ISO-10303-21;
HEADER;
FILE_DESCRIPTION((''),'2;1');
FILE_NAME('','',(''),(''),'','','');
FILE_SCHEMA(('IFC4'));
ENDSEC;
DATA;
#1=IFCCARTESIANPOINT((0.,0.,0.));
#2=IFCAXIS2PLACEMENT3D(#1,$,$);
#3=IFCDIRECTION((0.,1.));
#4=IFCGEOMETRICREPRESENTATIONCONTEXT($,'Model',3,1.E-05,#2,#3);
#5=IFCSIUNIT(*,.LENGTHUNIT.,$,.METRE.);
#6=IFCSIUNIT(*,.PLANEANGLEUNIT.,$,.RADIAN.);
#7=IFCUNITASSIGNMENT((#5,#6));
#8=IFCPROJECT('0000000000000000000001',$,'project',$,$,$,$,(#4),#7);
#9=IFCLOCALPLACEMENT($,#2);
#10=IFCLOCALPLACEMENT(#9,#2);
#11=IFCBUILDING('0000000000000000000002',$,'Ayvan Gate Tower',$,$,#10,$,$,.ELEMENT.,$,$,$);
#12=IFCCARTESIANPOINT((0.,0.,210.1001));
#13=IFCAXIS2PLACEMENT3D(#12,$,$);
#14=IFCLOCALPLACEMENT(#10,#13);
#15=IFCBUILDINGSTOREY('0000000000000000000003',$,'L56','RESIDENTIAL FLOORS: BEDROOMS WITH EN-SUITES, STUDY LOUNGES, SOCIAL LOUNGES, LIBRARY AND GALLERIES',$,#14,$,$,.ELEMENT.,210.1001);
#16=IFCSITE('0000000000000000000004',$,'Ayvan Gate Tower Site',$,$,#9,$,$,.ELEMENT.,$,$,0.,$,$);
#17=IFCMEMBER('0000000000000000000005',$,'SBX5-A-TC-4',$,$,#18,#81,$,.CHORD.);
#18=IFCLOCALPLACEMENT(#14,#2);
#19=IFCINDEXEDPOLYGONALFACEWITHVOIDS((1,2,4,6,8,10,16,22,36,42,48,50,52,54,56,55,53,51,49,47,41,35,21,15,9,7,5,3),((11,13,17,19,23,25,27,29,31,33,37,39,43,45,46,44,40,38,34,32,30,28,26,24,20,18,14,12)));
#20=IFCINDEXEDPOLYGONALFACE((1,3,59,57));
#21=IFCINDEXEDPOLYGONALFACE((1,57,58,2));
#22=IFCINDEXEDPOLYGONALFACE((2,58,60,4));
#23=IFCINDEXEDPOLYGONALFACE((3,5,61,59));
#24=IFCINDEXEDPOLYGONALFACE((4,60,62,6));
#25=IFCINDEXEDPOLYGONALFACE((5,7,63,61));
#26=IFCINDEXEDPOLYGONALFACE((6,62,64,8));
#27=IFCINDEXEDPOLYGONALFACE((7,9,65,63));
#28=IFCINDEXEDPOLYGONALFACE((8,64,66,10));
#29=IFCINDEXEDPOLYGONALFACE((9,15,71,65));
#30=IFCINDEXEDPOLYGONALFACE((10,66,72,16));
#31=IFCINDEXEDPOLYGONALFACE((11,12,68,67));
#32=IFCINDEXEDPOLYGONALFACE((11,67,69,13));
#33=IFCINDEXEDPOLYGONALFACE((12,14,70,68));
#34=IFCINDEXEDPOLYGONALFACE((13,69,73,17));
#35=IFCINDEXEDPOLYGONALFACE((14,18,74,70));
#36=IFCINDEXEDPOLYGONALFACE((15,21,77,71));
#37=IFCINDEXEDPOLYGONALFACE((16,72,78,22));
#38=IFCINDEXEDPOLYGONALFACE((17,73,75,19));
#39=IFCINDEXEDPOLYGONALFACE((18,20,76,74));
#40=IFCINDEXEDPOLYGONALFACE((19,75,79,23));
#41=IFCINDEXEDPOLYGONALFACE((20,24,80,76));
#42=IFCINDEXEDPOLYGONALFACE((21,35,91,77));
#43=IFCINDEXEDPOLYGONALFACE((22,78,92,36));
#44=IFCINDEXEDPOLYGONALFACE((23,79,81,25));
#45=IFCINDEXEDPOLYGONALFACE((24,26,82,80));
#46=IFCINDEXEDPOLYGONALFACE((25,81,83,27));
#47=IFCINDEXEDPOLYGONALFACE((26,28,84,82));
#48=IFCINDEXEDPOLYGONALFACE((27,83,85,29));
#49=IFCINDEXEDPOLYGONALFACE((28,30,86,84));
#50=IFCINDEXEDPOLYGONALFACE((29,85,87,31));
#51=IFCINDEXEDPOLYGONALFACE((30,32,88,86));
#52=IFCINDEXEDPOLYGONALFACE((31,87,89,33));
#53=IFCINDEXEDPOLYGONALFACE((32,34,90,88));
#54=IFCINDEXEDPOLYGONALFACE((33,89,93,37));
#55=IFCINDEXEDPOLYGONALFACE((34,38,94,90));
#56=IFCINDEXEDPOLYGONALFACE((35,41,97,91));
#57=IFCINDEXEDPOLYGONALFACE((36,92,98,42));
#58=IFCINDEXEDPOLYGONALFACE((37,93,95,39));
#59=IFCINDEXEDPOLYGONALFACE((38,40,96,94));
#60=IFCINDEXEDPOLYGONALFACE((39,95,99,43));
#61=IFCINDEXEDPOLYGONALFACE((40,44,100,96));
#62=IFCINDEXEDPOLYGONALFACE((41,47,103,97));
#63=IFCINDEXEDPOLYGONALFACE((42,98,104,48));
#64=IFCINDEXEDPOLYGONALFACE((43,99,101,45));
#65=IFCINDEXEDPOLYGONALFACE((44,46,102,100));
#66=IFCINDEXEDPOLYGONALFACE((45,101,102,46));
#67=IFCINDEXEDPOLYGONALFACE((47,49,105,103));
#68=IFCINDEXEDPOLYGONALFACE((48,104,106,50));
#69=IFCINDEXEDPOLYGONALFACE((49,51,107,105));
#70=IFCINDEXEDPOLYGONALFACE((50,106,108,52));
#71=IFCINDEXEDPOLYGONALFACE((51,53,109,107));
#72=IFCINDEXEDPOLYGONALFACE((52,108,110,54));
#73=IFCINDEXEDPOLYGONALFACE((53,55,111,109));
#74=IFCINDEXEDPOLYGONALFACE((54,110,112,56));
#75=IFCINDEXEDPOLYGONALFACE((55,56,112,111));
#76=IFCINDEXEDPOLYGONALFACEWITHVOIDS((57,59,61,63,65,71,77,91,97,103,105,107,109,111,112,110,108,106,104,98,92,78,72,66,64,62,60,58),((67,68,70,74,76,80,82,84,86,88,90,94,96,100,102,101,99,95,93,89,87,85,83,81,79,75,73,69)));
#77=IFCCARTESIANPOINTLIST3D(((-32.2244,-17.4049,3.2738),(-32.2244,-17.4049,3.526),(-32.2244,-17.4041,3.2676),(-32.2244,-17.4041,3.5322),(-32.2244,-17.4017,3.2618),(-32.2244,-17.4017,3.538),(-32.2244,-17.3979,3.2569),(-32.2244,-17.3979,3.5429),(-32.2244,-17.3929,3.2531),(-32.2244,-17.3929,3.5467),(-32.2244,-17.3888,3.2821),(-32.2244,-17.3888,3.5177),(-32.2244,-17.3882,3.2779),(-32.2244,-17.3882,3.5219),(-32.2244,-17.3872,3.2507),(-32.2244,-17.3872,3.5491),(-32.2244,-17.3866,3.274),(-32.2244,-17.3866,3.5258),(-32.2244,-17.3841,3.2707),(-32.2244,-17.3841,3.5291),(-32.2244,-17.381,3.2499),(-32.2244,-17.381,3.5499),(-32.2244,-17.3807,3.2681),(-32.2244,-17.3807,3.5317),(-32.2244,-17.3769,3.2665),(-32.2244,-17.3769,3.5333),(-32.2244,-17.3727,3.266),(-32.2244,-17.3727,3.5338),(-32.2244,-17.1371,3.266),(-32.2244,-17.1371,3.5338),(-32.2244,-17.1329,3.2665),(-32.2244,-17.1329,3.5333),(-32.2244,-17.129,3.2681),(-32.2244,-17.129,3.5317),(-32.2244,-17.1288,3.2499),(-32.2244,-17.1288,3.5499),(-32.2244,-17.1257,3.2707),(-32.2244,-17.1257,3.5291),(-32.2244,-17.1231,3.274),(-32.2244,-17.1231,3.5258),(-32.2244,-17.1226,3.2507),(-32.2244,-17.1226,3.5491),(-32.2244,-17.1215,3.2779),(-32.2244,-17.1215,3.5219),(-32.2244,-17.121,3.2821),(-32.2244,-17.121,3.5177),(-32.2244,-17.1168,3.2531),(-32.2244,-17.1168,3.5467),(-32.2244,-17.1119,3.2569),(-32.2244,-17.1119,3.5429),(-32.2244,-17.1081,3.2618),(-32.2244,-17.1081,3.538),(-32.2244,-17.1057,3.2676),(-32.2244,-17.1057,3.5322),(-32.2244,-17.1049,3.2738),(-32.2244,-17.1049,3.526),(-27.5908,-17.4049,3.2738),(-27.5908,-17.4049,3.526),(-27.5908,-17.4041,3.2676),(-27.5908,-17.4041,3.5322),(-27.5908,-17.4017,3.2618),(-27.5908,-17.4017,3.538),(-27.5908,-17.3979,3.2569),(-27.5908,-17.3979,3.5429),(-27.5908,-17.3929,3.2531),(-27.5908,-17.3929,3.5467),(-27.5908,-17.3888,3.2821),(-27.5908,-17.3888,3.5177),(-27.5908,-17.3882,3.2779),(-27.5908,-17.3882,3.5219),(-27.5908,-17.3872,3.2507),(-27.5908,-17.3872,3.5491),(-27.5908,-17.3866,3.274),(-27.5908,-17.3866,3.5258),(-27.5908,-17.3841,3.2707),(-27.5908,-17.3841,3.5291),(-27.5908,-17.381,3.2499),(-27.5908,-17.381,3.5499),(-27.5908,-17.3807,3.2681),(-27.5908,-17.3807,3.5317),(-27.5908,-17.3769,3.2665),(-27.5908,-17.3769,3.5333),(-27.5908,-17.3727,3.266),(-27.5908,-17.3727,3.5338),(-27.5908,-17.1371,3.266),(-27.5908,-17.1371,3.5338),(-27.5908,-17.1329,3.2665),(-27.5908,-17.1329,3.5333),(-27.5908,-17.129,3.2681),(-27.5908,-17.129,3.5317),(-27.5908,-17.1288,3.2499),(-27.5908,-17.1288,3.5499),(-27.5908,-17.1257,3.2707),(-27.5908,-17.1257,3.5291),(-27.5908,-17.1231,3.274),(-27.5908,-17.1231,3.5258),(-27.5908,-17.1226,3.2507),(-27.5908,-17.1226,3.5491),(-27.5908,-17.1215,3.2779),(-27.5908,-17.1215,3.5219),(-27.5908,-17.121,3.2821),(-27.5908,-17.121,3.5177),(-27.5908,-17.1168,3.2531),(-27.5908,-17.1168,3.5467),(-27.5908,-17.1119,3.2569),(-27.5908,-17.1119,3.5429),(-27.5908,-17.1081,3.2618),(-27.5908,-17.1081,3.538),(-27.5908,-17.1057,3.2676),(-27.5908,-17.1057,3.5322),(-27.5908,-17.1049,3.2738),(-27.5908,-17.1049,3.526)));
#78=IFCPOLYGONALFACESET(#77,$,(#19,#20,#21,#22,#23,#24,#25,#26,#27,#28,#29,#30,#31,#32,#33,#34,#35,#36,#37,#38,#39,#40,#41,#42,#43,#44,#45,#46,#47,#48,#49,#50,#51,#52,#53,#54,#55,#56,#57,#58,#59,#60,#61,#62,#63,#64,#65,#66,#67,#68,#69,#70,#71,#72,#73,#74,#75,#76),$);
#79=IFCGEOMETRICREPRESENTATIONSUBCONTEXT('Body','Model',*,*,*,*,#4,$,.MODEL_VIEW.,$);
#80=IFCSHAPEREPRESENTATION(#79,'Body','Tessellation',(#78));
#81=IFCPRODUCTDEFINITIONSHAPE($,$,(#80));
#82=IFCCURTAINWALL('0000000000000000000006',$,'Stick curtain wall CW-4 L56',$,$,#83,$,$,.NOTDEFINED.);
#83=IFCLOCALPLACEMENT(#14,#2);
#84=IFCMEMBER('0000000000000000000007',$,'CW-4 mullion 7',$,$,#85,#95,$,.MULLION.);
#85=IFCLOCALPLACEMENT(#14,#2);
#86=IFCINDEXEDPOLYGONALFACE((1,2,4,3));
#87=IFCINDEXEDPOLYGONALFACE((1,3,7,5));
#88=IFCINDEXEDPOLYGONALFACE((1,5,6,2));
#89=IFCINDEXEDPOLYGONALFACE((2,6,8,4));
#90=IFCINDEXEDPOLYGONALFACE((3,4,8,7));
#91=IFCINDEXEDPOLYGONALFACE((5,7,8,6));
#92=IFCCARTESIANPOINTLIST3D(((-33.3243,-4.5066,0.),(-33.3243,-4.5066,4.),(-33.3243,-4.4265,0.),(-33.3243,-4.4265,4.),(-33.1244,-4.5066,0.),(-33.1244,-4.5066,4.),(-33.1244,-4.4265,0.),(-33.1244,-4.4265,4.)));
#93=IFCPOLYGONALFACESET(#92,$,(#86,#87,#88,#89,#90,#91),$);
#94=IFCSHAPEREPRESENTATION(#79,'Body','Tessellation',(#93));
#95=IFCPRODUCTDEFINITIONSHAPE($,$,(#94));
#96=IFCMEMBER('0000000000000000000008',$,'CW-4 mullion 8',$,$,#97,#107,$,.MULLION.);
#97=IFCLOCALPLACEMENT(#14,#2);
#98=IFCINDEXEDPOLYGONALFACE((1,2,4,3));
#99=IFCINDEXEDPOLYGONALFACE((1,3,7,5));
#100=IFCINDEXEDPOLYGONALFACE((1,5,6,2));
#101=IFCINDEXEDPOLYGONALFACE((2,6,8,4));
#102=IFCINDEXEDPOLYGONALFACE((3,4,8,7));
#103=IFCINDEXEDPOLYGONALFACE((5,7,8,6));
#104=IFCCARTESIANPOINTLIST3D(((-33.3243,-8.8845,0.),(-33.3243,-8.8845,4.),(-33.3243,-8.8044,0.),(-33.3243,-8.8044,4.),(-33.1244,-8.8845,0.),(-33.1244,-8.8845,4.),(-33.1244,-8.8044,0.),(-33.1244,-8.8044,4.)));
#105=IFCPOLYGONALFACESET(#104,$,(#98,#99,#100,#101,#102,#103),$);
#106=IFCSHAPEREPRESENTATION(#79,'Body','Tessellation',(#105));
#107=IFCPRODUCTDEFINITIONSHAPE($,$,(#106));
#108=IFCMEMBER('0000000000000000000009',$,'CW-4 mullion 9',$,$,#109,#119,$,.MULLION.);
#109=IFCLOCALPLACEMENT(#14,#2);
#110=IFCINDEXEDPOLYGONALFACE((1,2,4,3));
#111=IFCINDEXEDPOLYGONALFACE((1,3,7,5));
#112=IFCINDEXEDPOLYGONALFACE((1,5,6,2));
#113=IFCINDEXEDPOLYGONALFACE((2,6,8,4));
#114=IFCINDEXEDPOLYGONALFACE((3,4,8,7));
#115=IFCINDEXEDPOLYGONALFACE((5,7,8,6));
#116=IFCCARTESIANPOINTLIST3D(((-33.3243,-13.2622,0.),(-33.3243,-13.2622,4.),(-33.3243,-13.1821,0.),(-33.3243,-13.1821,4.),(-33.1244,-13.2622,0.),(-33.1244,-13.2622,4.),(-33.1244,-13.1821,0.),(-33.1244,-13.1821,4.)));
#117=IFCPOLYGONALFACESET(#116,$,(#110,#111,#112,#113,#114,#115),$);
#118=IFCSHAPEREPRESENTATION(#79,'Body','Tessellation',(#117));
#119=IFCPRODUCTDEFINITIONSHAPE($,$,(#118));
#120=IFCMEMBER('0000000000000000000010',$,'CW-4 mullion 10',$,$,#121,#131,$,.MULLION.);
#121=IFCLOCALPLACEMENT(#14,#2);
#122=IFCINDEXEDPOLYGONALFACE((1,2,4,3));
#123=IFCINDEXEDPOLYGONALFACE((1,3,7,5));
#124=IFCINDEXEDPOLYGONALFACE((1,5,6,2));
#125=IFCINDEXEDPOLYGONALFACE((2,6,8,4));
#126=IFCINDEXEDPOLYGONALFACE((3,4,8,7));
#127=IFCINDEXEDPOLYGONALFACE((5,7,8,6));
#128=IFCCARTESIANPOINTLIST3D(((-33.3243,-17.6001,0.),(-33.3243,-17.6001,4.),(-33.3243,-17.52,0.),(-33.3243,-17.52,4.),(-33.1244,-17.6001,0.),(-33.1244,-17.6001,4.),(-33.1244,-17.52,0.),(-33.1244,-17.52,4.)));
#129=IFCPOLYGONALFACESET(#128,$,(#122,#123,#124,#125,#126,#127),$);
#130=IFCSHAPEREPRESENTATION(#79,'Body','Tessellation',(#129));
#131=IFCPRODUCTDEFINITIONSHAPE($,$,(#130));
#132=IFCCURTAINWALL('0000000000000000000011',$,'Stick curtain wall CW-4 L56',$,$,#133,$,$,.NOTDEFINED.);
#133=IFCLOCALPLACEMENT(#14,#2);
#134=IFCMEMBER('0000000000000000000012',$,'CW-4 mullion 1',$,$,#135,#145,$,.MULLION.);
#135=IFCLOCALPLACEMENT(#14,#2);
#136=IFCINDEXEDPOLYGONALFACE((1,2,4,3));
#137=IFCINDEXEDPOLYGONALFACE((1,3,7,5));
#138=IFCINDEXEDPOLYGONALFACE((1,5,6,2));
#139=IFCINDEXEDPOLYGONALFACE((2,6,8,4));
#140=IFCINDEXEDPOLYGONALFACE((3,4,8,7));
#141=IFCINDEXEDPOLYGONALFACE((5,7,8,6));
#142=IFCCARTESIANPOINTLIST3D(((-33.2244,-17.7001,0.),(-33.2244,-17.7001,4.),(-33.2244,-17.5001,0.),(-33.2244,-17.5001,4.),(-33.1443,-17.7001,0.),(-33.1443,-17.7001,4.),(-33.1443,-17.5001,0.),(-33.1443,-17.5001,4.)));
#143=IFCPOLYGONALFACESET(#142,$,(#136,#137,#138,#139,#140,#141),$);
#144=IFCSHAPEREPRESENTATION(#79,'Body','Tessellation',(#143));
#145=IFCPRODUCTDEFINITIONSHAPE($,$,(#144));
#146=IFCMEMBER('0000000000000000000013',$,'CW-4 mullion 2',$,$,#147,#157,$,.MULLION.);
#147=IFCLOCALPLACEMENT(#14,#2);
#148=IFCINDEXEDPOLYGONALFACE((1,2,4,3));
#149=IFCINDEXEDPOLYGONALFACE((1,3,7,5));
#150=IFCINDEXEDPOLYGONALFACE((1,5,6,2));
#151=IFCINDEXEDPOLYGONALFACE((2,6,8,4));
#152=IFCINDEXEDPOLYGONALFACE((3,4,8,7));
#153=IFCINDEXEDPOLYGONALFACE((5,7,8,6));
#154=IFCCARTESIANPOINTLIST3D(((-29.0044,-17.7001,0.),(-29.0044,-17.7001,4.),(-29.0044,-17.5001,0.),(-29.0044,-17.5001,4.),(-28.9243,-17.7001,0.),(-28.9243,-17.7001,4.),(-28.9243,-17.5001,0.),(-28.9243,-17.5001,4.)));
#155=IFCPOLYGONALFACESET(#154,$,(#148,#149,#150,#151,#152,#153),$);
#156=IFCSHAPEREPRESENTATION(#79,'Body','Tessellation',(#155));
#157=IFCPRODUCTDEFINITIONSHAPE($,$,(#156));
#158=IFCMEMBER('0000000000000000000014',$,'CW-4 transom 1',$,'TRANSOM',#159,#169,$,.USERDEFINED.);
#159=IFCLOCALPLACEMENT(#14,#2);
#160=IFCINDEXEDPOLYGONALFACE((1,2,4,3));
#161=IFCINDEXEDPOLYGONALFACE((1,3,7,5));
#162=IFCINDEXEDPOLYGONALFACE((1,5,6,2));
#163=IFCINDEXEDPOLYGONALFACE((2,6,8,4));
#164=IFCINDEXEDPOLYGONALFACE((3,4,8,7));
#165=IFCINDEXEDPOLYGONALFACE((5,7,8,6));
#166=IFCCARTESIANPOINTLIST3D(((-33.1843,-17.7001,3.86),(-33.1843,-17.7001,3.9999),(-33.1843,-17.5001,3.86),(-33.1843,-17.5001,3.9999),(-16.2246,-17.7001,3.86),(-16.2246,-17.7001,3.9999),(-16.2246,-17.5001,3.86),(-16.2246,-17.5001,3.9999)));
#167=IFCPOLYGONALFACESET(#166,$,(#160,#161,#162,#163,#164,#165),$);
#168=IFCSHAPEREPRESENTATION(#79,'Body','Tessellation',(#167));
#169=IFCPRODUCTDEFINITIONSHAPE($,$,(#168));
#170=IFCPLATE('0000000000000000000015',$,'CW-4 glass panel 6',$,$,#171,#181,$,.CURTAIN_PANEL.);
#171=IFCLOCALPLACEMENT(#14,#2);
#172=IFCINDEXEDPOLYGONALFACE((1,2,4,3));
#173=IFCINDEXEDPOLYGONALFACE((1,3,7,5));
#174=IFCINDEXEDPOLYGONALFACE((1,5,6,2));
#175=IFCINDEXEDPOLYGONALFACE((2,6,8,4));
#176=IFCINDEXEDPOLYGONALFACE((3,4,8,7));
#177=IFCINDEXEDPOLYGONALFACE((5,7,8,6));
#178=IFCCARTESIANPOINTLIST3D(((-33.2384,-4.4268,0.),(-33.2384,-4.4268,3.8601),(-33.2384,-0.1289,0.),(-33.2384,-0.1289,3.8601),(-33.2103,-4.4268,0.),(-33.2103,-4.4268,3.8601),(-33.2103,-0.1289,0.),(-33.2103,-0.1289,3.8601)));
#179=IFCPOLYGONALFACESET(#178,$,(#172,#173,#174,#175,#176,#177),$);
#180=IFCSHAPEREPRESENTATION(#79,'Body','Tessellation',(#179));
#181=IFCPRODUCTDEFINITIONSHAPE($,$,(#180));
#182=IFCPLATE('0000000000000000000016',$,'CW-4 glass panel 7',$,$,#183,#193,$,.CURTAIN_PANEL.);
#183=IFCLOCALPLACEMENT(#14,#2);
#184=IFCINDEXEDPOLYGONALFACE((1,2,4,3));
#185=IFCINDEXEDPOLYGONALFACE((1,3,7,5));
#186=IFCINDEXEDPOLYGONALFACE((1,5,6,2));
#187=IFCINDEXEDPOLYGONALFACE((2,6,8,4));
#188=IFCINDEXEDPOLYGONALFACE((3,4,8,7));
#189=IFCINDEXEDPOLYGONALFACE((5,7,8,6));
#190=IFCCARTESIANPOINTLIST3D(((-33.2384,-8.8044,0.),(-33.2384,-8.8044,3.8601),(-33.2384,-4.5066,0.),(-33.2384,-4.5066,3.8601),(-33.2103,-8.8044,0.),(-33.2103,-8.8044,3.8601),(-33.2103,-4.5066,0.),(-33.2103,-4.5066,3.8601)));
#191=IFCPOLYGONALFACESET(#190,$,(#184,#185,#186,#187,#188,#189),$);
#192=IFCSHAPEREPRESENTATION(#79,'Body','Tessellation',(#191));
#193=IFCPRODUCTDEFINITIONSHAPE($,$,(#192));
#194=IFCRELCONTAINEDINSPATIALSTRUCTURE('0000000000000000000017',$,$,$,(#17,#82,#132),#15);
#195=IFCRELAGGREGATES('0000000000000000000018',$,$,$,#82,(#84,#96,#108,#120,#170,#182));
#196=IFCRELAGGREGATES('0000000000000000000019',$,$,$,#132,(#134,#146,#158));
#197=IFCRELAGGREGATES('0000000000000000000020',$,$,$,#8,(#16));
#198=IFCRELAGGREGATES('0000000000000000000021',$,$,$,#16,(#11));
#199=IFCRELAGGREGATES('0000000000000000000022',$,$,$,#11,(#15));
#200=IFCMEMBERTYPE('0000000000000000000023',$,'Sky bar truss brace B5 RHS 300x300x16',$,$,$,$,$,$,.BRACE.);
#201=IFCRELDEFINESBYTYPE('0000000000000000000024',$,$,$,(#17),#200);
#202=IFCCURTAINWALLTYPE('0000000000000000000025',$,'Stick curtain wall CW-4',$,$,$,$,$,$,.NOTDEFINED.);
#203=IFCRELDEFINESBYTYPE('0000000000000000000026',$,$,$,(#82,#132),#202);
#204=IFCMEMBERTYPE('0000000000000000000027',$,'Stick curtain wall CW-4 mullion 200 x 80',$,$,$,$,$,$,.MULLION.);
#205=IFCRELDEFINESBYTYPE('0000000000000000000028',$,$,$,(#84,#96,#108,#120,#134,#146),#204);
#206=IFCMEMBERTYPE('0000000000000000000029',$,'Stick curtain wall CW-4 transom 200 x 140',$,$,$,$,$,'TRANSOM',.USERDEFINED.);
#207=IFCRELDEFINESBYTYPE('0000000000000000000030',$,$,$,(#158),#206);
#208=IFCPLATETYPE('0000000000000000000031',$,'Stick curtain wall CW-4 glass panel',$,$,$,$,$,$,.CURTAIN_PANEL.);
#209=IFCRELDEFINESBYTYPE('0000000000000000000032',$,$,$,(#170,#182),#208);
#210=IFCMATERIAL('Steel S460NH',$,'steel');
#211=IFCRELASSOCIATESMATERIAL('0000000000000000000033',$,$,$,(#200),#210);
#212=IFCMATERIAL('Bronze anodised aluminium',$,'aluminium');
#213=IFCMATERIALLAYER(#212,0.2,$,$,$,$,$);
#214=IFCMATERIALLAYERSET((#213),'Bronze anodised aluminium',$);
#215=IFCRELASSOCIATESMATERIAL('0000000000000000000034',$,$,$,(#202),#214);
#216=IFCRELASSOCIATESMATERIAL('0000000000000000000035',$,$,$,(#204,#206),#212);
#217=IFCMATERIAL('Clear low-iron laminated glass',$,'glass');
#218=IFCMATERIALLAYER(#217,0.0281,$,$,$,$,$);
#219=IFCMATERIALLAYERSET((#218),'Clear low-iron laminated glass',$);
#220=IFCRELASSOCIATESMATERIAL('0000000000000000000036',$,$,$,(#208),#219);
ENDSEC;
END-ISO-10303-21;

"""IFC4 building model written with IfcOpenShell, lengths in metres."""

from ifc_helpers import new_model, si_unit, direction, frame, origin, origin_2d, place, context, subcontext, project, spatial, rectangle, hollow_rectangle, extrude, material, layer, layer_set, material_profile, profile_set, type_object, element, aggregate, save


model = new_model("IFC4")

# Units and contexts
model_context = context("Model", 3, precision=1e-05, world=origin(), true_north=direction((0.0, 1.0)))
body_context = subcontext(model_context, "Body", "Model", "MODEL_VIEW")
ifc_project = project(units=[si_unit("LENGTHUNIT", "METRE"), si_unit("PLANEANGLEUNIT", "RADIAN")], contexts=[model_context])

# Site, building, storey
site_placement = place(None, origin())
site = spatial("IfcSite", under=ifc_project, at=site_placement, Name="Ayvan Gate Tower Site", CompositionType="ELEMENT", RefElevation=0.0)
building_placement = place(site_placement, origin())
building = spatial("IfcBuilding", under=site, at=building_placement, Name="Ayvan Gate Tower", CompositionType="ELEMENT")
storey_placement = place(building_placement, frame((0.0, 0.0, 210.1001)))
storey = spatial("IfcBuildingStorey", under=building, at=storey_placement, Name="L56", Description="RESIDENTIAL FLOORS: BEDROOMS WITH EN-SUITES, STUDY LOUNGES, SOCIAL LOUNGES, LIBRARY AND GALLERIES", CompositionType="ELEMENT", Elevation=210.1001)

# Member
ifc_material_1 = material(Name="Steel S460NH", Category="steel")
ifc_material_profile_1 = material_profile(ifc_material_1, hollow_rectangle(XDim=0.3, YDim=0.3, WallThickness=0.0161, InnerFilletRadius=0.0161, OuterFilletRadius=0.0239, at=origin_2d()), Name="RHS 300x300x16")
ifc_profile_set_1 = profile_set([ifc_material_profile_1], Name="Steel S460NH")
member_type_1 = type_object("IfcMemberType", Name="Sky bar truss brace B5 RHS 300x300x16", PredefinedType="BRACE", material=ifc_profile_set_1)
member_1_placement = place(storey_placement, frame((-27.5908, -17.2549, 3.3999), z_axis=(-1.0, 0.0, 0.0), x_axis=(0.0, -1.0, 0.0)))
element("IfcMember", 1, at=member_1_placement, inside=storey, type_object=member_type_1, Name="SBX5-A-TC-4", PredefinedType="CHORD", context=body_context, shape_type="SweptSolid", body=[
    extrude(hollow_rectangle(XDim=0.3, YDim=0.3, WallThickness=0.0161, InnerFilletRadius=0.0161, OuterFilletRadius=0.0239, at=origin_2d()), origin(), (0.0, 0.0, 1.0), 4.6335),
])

# Curtain walls, members
ifc_material_2 = material(Name="Bronze anodised aluminium", Category="aluminium")
ifc_layer_1 = layer(ifc_material_2, 0.2)
ifc_layer_set_1 = layer_set([ifc_layer_1], Name="Bronze anodised aluminium")
curtain_wall_type = type_object("IfcCurtainWallType", Name="Stick curtain wall CW-4", PredefinedType="NOTDEFINED", material=ifc_layer_set_1)
curtain_wall_1_placement = place(storey_placement, origin())
curtain_wall_1 = element("IfcCurtainWall", 2, at=curtain_wall_1_placement, inside=storey, type_object=curtain_wall_type, Name="Stick curtain wall CW-4 L56", PredefinedType="NOTDEFINED")
ifc_material_profile_2 = material_profile(ifc_material_2, rectangle(XDim=0.2, YDim=0.0801, at=origin_2d()), Name="Stick curtain wall CW-4 mullion 200 x 80")
ifc_profile_set_2 = profile_set([ifc_material_profile_2], Name="Bronze anodised aluminium")
member_type_2 = type_object("IfcMemberType", Name="Stick curtain wall CW-4 mullion 200 x 80", PredefinedType="MULLION", material=ifc_profile_set_2)
member_2_placement = place(storey_placement, frame((-33.2244, -4.4666, 0.0), z_axis=(0.0, 0.0, 1.0), x_axis=(-1.0, 0.0, 0.0)))
member_2 = element("IfcMember", 3, at=member_2_placement, type_object=member_type_2, Name="CW-4 mullion 7", PredefinedType="MULLION", context=body_context, shape_type="SweptSolid", body=[
    extrude(rectangle(XDim=0.2, YDim=0.0801, at=origin_2d()), origin(), (0.0, 0.0, 1.0), 4.0),
])
member_3_placement = place(storey_placement, frame((-33.2244, -8.8445, 0.0), z_axis=(0.0, 0.0, 1.0), x_axis=(-1.0, 0.0, 0.0)))
member_3 = element("IfcMember", 4, at=member_3_placement, type_object=member_type_2, Name="CW-4 mullion 8", PredefinedType="MULLION", context=body_context, shape_type="SweptSolid", body=[
    extrude(rectangle(XDim=0.2, YDim=0.0801, at=origin_2d()), origin(), (0.0, 0.0, 1.0), 4.0),
])
member_4_placement = place(storey_placement, frame((-33.2244, -13.2222, 0.0), z_axis=(0.0, 0.0, 1.0), x_axis=(-1.0, 0.0, 0.0)))
member_4 = element("IfcMember", 5, at=member_4_placement, type_object=member_type_2, Name="CW-4 mullion 9", PredefinedType="MULLION", context=body_context, shape_type="SweptSolid", body=[
    extrude(rectangle(XDim=0.2, YDim=0.0801, at=origin_2d()), origin(), (0.0, 0.0, 1.0), 4.0),
])
member_5_placement = place(storey_placement, frame((-33.2244, -17.5601, 0.0), z_axis=(0.0, 0.0, 1.0), x_axis=(-1.0, 0.0, 0.0)))
member_5 = element("IfcMember", 6, at=member_5_placement, type_object=member_type_2, Name="CW-4 mullion 10", PredefinedType="MULLION", context=body_context, shape_type="SweptSolid", body=[
    extrude(rectangle(XDim=0.2, YDim=0.0801, at=origin_2d()), origin(), (0.0, 0.0, 1.0), 4.0),
])
curtain_wall_2_placement = place(storey_placement, origin())
curtain_wall_2 = element("IfcCurtainWall", 7, at=curtain_wall_2_placement, inside=storey, type_object=curtain_wall_type, Name="Stick curtain wall CW-4 L56", PredefinedType="NOTDEFINED")
member_6_placement = place(storey_placement, frame((-33.1843, -17.6001, 0.0), z_axis=(0.0, 0.0, 1.0), x_axis=(0.0, -1.0, 0.0)))
member_6 = element("IfcMember", 8, at=member_6_placement, type_object=member_type_2, Name="CW-4 mullion 1", PredefinedType="MULLION", context=body_context, shape_type="SweptSolid", body=[
    extrude(rectangle(XDim=0.2, YDim=0.0801, at=origin_2d()), origin(), (0.0, 0.0, 1.0), 4.0),
])
member_7_placement = place(storey_placement, frame((-28.9644, -17.6001, 0.0), z_axis=(0.0, 0.0, 1.0), x_axis=(0.0, -1.0, 0.0)))
member_7 = element("IfcMember", 9, at=member_7_placement, type_object=member_type_2, Name="CW-4 mullion 2", PredefinedType="MULLION", context=body_context, shape_type="SweptSolid", body=[
    extrude(rectangle(XDim=0.2, YDim=0.0801, at=origin_2d()), origin(), (0.0, 0.0, 1.0), 4.0),
])
ifc_material_profile_3 = material_profile(ifc_material_2, rectangle(XDim=0.2, YDim=0.1399, at=origin_2d()), Name="Stick curtain wall CW-4 transom 200 x 140")
ifc_profile_set_3 = profile_set([ifc_material_profile_3], Name="Bronze anodised aluminium")
member_type_3 = type_object("IfcMemberType", Name="Stick curtain wall CW-4 transom 200 x 140", ElementType="TRANSOM", PredefinedType="USERDEFINED", material=ifc_profile_set_3)
member_8_placement = place(storey_placement, frame((-33.1843, -17.6001, 3.9299), z_axis=(1.0, 0.0, 0.0), x_axis=(0.0, 1.0, 0.0)))
member_8 = element("IfcMember", 10, at=member_8_placement, type_object=member_type_3, Name="CW-4 transom 1", ObjectType="TRANSOM", PredefinedType="USERDEFINED", context=body_context, shape_type="SweptSolid", body=[
    extrude(rectangle(XDim=0.2, YDim=0.1399, at=origin_2d()), origin(), (0.0, 0.0, 1.0), 16.9597),
])

# Plates
ifc_material_3 = material(Name="Clear low-iron laminated glass", Category="glass")
ifc_layer_2 = layer(ifc_material_3, 0.0281)
ifc_layer_set_2 = layer_set([ifc_layer_2], Name="Clear low-iron laminated glass")
plate_type_1 = type_object("IfcPlateType", Name="Stick curtain wall CW-4 glass panel", PredefinedType="CURTAIN_PANEL", material=ifc_layer_set_2)
plate_1_placement = place(storey_placement, frame((-33.2244, -2.2778, 0.0), z_axis=(0.0, 0.0, 1.0), x_axis=(0.0, -1.0, 0.0)))
plate_1 = element("IfcPlate", 11, at=plate_1_placement, type_object=plate_type_1, Name="CW-4 glass panel 6", PredefinedType="CURTAIN_PANEL", context=body_context, shape_type="SweptSolid", body=[
    extrude(rectangle(XDim=4.2979, YDim=0.0281, at=origin_2d()), origin(), (0.0, 0.0, 1.0), 3.8601),
])
plate_2_placement = place(storey_placement, frame((-33.2244, -6.6555, 0.0), z_axis=(0.0, 0.0, 1.0), x_axis=(0.0, -1.0, 0.0)))
plate_2 = element("IfcPlate", 12, at=plate_2_placement, type_object=plate_type_1, Name="CW-4 glass panel 7", PredefinedType="CURTAIN_PANEL", context=body_context, shape_type="SweptSolid", body=[
    extrude(rectangle(XDim=4.2979, YDim=0.0281, at=origin_2d()), origin(), (0.0, 0.0, 1.0), 3.8601),
])
aggregate(curtain_wall_1, [member_2, member_3, member_4, member_5, plate_1, plate_2])
aggregate(curtain_wall_2, [member_6, member_7, member_8])

save(model, "model.ifc")
